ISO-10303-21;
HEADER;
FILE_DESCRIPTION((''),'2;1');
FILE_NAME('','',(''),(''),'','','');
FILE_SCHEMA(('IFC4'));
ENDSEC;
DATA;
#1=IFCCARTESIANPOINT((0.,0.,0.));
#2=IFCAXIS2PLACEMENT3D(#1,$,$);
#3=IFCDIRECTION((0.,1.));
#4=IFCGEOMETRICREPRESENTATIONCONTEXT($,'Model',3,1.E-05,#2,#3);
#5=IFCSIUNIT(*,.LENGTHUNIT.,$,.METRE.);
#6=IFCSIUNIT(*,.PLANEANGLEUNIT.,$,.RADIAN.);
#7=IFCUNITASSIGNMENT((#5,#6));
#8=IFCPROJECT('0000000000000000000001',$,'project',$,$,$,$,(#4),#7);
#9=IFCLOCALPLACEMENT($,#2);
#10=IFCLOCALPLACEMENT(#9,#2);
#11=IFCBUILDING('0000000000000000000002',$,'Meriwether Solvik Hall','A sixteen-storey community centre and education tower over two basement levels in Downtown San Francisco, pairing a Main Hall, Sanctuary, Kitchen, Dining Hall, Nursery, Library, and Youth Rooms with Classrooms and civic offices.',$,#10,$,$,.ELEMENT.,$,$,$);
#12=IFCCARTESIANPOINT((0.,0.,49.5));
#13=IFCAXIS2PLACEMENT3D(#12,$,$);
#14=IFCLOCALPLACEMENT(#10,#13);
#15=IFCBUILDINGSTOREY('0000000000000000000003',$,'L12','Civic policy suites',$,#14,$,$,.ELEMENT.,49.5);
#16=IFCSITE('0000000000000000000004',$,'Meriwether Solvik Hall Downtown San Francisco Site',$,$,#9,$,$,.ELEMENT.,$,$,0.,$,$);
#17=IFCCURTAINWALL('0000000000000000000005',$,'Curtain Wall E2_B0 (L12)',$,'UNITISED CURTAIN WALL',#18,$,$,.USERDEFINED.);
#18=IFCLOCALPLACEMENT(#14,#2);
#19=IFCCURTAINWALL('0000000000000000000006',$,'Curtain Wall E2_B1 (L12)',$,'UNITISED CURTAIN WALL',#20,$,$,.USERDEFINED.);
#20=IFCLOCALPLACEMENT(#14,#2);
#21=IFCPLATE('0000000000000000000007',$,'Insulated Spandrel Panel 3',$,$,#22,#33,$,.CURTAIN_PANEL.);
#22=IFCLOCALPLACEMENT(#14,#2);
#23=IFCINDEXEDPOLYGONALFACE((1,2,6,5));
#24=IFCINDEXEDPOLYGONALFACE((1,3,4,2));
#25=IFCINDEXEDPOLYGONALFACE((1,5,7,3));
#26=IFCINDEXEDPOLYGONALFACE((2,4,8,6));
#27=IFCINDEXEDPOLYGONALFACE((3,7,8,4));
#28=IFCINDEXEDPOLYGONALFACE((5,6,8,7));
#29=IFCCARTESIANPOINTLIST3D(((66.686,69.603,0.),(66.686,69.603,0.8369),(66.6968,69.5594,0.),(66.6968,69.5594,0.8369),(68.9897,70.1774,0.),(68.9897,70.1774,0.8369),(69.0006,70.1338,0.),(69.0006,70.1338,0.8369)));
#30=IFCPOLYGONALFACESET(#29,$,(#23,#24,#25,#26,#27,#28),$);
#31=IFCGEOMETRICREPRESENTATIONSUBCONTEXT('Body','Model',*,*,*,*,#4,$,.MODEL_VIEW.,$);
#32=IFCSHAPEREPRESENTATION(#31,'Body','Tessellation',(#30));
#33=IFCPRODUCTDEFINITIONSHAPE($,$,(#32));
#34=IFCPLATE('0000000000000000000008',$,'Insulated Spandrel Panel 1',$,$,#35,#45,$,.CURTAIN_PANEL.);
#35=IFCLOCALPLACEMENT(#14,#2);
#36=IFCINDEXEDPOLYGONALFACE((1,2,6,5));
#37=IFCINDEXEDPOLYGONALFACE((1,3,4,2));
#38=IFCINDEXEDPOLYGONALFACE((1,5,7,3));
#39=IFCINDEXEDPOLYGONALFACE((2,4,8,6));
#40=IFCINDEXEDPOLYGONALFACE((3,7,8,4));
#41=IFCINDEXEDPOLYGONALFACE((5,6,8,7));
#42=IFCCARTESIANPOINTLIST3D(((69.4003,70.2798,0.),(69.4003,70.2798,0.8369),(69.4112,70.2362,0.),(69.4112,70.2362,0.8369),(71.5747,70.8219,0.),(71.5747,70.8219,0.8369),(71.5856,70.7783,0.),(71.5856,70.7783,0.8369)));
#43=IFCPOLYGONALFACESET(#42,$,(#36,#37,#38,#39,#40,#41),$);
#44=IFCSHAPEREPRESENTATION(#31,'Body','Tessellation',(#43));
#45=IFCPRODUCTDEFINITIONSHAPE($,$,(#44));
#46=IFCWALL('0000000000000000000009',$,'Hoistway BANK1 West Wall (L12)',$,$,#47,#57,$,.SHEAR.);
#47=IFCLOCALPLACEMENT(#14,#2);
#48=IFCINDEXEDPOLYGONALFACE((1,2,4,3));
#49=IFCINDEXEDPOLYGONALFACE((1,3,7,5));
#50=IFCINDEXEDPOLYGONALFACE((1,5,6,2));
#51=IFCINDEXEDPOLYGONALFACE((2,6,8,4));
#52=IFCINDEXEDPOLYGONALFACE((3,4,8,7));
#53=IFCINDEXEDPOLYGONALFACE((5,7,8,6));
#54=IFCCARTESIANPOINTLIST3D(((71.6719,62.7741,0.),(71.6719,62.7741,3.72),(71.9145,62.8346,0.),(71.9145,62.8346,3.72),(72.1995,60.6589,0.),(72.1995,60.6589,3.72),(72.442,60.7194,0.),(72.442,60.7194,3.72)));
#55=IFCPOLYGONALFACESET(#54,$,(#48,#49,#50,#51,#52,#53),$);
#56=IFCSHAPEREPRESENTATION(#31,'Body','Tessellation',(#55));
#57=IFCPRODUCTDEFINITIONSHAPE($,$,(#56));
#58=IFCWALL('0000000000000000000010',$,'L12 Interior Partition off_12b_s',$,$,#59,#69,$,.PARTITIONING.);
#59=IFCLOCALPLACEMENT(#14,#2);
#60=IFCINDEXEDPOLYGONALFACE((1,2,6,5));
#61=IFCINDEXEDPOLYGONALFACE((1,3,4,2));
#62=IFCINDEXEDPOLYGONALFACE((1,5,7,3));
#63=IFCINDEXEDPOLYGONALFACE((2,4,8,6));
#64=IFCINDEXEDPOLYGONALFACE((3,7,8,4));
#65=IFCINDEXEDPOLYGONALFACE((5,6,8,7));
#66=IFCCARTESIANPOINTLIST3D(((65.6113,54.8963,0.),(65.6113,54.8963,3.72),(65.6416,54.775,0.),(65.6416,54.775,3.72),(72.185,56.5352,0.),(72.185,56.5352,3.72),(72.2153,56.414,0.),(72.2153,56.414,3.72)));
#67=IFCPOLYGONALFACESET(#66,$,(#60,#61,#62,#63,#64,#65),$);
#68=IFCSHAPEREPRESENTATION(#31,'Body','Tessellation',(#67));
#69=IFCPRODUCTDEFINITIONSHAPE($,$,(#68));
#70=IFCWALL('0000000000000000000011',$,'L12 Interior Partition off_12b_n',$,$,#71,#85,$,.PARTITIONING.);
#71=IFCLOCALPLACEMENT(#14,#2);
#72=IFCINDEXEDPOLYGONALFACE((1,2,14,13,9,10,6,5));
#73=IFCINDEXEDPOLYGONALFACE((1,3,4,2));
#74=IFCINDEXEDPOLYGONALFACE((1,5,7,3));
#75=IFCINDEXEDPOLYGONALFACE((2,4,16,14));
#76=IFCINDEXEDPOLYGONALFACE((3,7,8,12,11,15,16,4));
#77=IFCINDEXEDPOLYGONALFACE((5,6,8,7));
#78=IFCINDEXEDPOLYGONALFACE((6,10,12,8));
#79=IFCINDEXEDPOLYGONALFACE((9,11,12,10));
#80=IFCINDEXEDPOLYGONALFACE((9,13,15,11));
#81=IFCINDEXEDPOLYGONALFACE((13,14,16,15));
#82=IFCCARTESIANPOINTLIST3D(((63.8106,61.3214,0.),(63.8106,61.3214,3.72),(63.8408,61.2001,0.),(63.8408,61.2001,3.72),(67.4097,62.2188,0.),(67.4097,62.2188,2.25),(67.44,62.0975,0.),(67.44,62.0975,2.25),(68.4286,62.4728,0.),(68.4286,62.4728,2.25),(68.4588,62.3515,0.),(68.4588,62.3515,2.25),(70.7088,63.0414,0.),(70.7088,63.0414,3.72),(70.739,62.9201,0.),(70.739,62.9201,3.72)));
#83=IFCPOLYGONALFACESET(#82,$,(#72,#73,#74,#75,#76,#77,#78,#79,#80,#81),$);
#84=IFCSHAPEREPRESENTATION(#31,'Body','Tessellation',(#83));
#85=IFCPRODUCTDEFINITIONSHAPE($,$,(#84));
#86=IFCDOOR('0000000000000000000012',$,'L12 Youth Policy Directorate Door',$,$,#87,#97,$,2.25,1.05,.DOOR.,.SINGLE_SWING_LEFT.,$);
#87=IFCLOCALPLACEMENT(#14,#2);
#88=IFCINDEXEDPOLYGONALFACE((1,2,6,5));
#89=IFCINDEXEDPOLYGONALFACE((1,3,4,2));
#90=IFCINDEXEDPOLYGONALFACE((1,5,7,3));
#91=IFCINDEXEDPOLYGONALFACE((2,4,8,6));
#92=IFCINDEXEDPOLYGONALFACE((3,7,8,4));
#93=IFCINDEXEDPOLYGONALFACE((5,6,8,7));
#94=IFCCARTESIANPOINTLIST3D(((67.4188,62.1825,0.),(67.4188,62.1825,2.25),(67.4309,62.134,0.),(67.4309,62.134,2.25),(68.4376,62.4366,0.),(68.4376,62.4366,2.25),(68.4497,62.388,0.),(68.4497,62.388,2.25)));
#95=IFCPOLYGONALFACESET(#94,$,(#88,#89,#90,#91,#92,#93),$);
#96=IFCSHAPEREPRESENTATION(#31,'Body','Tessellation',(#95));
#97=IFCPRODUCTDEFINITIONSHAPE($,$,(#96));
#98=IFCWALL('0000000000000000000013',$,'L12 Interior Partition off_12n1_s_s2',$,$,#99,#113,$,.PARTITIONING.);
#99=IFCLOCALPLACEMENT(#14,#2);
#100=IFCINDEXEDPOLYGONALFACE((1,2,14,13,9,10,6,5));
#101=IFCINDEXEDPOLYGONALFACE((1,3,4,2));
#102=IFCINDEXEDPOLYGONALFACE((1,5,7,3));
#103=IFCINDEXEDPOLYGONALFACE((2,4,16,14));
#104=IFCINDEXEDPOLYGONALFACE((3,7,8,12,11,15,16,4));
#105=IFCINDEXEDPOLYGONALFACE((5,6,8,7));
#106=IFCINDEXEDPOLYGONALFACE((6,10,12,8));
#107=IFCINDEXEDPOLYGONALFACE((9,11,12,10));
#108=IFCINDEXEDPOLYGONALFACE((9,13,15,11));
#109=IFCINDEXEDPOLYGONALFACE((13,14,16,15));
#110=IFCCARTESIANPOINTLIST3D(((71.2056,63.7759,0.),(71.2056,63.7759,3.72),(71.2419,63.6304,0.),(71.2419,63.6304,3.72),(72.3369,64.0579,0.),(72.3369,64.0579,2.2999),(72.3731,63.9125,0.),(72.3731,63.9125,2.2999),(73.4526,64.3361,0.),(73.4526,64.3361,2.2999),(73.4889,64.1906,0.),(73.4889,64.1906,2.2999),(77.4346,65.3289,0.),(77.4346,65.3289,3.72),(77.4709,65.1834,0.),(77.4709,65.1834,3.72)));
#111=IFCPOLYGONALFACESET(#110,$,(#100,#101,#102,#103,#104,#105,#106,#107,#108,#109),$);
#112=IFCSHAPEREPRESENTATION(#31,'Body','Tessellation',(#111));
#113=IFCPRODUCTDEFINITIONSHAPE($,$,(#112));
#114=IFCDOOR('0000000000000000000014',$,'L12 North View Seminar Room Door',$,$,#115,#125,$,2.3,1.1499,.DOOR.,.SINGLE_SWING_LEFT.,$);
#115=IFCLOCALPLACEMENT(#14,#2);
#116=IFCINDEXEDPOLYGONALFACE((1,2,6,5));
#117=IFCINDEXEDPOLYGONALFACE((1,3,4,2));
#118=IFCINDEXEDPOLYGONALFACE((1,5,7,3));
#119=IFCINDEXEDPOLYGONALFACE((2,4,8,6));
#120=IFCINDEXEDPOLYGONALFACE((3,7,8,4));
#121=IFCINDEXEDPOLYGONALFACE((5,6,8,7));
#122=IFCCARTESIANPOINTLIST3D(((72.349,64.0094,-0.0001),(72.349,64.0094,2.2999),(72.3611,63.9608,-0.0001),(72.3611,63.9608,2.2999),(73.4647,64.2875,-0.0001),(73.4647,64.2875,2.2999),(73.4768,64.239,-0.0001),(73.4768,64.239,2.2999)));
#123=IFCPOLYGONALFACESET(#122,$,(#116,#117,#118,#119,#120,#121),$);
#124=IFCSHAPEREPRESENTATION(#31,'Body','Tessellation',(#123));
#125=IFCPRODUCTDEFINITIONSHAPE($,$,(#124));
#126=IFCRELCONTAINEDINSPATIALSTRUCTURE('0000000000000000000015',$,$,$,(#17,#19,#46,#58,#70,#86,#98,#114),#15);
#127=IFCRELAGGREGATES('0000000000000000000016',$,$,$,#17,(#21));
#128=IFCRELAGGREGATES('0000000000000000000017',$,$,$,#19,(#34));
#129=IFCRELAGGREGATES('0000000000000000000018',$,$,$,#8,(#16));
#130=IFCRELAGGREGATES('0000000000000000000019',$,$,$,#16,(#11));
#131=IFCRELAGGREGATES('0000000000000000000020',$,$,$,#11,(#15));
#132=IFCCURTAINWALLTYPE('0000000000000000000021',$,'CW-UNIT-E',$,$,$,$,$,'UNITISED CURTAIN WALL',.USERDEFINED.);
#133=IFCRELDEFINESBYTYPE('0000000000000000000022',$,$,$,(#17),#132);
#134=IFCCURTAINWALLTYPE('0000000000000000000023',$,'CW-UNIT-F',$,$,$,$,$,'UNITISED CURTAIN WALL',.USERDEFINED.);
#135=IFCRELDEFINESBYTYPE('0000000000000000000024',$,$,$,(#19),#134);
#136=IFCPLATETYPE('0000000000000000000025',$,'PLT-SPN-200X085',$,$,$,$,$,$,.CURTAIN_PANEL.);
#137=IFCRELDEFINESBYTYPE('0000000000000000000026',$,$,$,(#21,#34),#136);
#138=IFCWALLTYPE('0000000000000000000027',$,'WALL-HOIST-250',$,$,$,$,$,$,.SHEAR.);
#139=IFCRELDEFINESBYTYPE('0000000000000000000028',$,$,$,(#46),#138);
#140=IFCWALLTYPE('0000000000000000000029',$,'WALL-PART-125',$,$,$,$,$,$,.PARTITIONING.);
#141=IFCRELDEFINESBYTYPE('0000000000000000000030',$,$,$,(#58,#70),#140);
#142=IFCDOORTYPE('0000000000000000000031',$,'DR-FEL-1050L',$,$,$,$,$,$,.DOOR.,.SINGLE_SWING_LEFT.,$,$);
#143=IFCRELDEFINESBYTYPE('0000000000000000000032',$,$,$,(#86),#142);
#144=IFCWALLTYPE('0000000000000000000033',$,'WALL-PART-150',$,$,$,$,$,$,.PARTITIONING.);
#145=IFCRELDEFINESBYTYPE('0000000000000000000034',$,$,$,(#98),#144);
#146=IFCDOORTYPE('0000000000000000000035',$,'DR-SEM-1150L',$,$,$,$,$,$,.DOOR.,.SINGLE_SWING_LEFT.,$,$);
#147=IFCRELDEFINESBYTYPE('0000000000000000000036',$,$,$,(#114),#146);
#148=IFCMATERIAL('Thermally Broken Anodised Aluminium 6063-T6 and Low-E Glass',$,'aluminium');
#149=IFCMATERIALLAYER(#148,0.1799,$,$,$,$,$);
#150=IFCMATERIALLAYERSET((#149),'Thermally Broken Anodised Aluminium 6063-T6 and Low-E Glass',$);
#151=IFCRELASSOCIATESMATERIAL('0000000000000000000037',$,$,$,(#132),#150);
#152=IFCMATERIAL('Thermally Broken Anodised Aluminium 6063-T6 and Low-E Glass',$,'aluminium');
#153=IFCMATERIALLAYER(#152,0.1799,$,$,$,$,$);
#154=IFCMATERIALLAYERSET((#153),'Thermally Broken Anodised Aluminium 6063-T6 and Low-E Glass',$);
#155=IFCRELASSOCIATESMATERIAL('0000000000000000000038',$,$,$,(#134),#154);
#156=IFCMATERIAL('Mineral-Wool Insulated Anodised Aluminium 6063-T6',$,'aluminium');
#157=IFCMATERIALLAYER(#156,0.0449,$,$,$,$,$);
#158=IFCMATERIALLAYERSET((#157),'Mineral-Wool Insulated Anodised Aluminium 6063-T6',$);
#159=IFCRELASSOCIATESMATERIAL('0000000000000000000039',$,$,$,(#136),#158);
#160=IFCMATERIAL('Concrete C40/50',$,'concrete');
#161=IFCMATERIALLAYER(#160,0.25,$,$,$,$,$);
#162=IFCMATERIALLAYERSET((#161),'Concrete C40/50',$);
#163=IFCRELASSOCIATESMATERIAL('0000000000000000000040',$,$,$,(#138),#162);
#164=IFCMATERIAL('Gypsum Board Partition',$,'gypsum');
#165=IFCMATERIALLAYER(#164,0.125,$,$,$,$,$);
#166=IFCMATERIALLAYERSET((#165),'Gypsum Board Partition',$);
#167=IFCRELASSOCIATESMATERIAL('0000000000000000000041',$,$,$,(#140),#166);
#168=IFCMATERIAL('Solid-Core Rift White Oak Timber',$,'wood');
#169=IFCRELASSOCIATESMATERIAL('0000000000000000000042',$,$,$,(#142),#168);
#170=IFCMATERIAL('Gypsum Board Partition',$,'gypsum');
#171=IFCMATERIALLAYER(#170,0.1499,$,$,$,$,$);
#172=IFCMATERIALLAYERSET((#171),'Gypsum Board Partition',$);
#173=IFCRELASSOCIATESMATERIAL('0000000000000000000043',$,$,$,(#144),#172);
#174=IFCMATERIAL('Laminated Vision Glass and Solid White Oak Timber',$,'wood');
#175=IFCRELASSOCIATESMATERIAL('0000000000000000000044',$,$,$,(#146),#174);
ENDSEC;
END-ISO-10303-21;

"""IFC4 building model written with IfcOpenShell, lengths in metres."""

from ifc_helpers import new_model, si_unit, direction, frame, frame_2d, origin, origin_2d, place, context, subcontext, project, spatial, rectangle, extrude, material, layer, layer_set, type_object, element, fill, aggregate, save


model = new_model("IFC4")

# Units and contexts
model_context = context("Model", 3, precision=1e-05, world=origin(), true_north=direction((0.0, 1.0)))
body_context = subcontext(model_context, "Body", "Model", "MODEL_VIEW")
ifc_project = project(units=[si_unit("LENGTHUNIT", "METRE"), si_unit("PLANEANGLEUNIT", "RADIAN")], contexts=[model_context])

# Site, building, storey
site_placement = place(None, origin())
site = spatial("IfcSite", under=ifc_project, at=site_placement, Name="Meriwether Solvik Hall Downtown San Francisco Site", CompositionType="ELEMENT", RefElevation=0.0)
building_placement = place(site_placement, origin())
building = spatial("IfcBuilding", under=site, at=building_placement, Name="Meriwether Solvik Hall", Description="A sixteen-storey community centre and education tower over two basement levels in Downtown San Francisco, pairing a Main Hall, Sanctuary, Kitchen, Dining Hall, Nursery, Library, and Youth Rooms with Classrooms and civic offices.", CompositionType="ELEMENT")
storey_placement = place(building_placement, frame((0.0, 0.0, 49.5)))
storey = spatial("IfcBuildingStorey", under=building, at=storey_placement, Name="L12", Description="Civic policy suites", CompositionType="ELEMENT", Elevation=49.5)

# Curtain walls
ifc_material_1 = material(Name="Thermally Broken Anodised Aluminium 6063-T6 and Low-E Glass", Category="aluminium")
ifc_layer_1 = layer(ifc_material_1, 0.1799)
ifc_layer_set_1 = layer_set([ifc_layer_1], Name="Thermally Broken Anodised Aluminium 6063-T6 and Low-E Glass")
curtain_wall_type_1 = type_object("IfcCurtainWallType", Name="CW-UNIT-E", ElementType="UNITISED CURTAIN WALL", PredefinedType="USERDEFINED", material=ifc_layer_set_1)
curtain_wall_1_placement = place(storey_placement, origin())
curtain_wall_1 = element("IfcCurtainWall", 1, at=curtain_wall_1_placement, inside=storey, type_object=curtain_wall_type_1, Name="Curtain Wall E2_B0 (L12)", ObjectType="UNITISED CURTAIN WALL", PredefinedType="USERDEFINED")
ifc_material_2 = material(Name="Thermally Broken Anodised Aluminium 6063-T6 and Low-E Glass", Category="aluminium")
ifc_layer_2 = layer(ifc_material_2, 0.1799)
ifc_layer_set_2 = layer_set([ifc_layer_2], Name="Thermally Broken Anodised Aluminium 6063-T6 and Low-E Glass")
curtain_wall_type_2 = type_object("IfcCurtainWallType", Name="CW-UNIT-F", ElementType="UNITISED CURTAIN WALL", PredefinedType="USERDEFINED", material=ifc_layer_set_2)
curtain_wall_2_placement = place(storey_placement, origin())
curtain_wall_2 = element("IfcCurtainWall", 2, at=curtain_wall_2_placement, inside=storey, type_object=curtain_wall_type_2, Name="Curtain Wall E2_B1 (L12)", ObjectType="UNITISED CURTAIN WALL", PredefinedType="USERDEFINED")

# Plates
ifc_material_3 = material(Name="Mineral-Wool Insulated Anodised Aluminium 6063-T6", Category="aluminium")
ifc_layer_3 = layer(ifc_material_3, 0.0449)
ifc_layer_set_3 = layer_set([ifc_layer_3], Name="Mineral-Wool Insulated Anodised Aluminium 6063-T6")
plate_type_1 = type_object("IfcPlateType", Name="PLT-SPN-200X085", PredefinedType="CURTAIN_PANEL", material=ifc_layer_set_3)
plate_1_placement = place(storey_placement, frame((67.8433, 69.8684, 0.0), z_axis=(0.0, 0.0, 1.0), x_axis=(0.970296, 0.241922, 0.0)))
plate_1 = element("IfcPlate", 3, at=plate_1_placement, type_object=plate_type_1, Name="Insulated Spandrel Panel 3", PredefinedType="CURTAIN_PANEL", context=body_context, shape_type="SweptSolid", body=[
    extrude(rectangle(XDim=2.3743, YDim=0.0449, at=origin_2d()), origin(), (0.0, 0.0, 1.0), 0.8369),
])
aggregate(curtain_wall_1, [plate_1])
plate_2_placement = place(storey_placement, frame((70.4929, 70.5291, 0.0), z_axis=(0.0, 0.0, 1.0), x_axis=(0.970296, 0.241922, 0.0)))
plate_2 = element("IfcPlate", 4, at=plate_2_placement, type_object=plate_type_1, Name="Insulated Spandrel Panel 1", PredefinedType="CURTAIN_PANEL", context=body_context, shape_type="SweptSolid", body=[
    extrude(rectangle(XDim=2.241, YDim=0.0449, at=origin_2d()), origin(), (0.0, 0.0, 1.0), 0.8369),
])
aggregate(curtain_wall_2, [plate_2])

# Walls
ifc_material_4 = material(Name="Concrete C40/50", Category="concrete")
ifc_layer_4 = layer(ifc_material_4, 0.25)
ifc_layer_set_4 = layer_set([ifc_layer_4], Name="Concrete C40/50")
wall_type_1 = type_object("IfcWallType", Name="WALL-HOIST-250", PredefinedType="SHEAR", material=ifc_layer_set_4)
wall_1_placement = place(storey_placement, frame((71.7932, 62.8042, 0.0), z_axis=(0.0, 0.0, 1.0), x_axis=(0.242009, -0.970274, 0.0)))
element("IfcWall", 5, at=wall_1_placement, inside=storey, type_object=wall_type_1, Name="Hoistway BANK1 West Wall (L12)", PredefinedType="SHEAR", context=body_context, shape_type="SweptSolid", body=[
    extrude(rectangle(XDim=2.1799, YDim=0.25, at=frame_2d((1.0898, 0.0))), origin(), (0.0, 0.0, 1.0), 3.72),
])
ifc_material_5 = material(Name="Gypsum Board Partition", Category="gypsum")
ifc_layer_5 = layer(ifc_material_5, 0.125)
ifc_layer_set_5 = layer_set([ifc_layer_5], Name="Gypsum Board Partition")
wall_type_2 = type_object("IfcWallType", Name="WALL-PART-125", PredefinedType="PARTITIONING", material=ifc_layer_set_5)
wall_2_placement = place(storey_placement, frame((65.6265, 54.8357, 0.0), z_axis=(0.0, 0.0, 1.0), x_axis=(0.970299, 0.241908, 0.0)))
element("IfcWall", 6, at=wall_2_placement, inside=storey, type_object=wall_type_2, Name="L12 Interior Partition off_12b_s", PredefinedType="PARTITIONING", context=body_context, shape_type="SweptSolid", body=[
    extrude(rectangle(XDim=6.7749, YDim=0.125, at=frame_2d((3.3875, 0.0))), origin(), (0.0, 0.0, 1.0), 3.72),
])

# Walls, openings, doors
wall_3_placement = place(storey_placement, frame((70.7239, 62.9807, 0.0), z_axis=(0.0, 0.0, 1.0), x_axis=(-0.970294, -0.24193, 0.0)))
wall_3 = element("IfcWall", 7, at=wall_3_placement, inside=storey, type_object=wall_type_2, Name="L12 Interior Partition off_12b_n", PredefinedType="PARTITIONING", context=body_context, shape_type="SweptSolid", body=[
    extrude(rectangle(XDim=7.1094, YDim=0.125, at=frame_2d((3.5547, 0.0))), origin(), (0.0, 0.0, 1.0), 3.72),
])
opening_1_placement = place(wall_3_placement, frame((2.3501, 0.0, 0.0)))
opening_1 = element("IfcOpeningElement", 8, at=opening_1_placement, cuts=wall_3, PredefinedType="OPENING", context=body_context, shape_type="SweptSolid", body=[
    extrude(rectangle(XDim=1.05, YDim=2.25, at=frame_2d((0.5249, 1.125))), frame((0.0, 0.0745, 0.0), z_axis=(0.0, -1.0, 0.0), x_axis=(1.0, 0.0, 0.0)), (0.0, 0.0, 1.0), 0.1489),
])
ifc_material_6 = material(Name="Solid-Core Rift White Oak Timber", Category="wood")
door_type_1 = type_object("IfcDoorType", Name="DR-FEL-1050L", OperationType="SINGLE_SWING_LEFT", PredefinedType="DOOR", material=ifc_material_6)
door_1_placement = place(opening_1_placement, origin())
door_1 = element("IfcDoor", 9, at=door_1_placement, inside=storey, type_object=door_type_1, Name="L12 Youth Policy Directorate Door", OperationType="SINGLE_SWING_LEFT", OverallHeight=2.25, OverallWidth=1.05, PredefinedType="DOOR", context=body_context, shape_type="SweptSolid", body=[
    extrude(rectangle(XDim=1.05, YDim=2.25, at=frame_2d((0.5249, 1.125))), frame((0.0, 0.0249, 0.0), z_axis=(0.0, -1.0, 0.0), x_axis=(1.0, 0.0, 0.0)), (0.0, 0.0, 1.0), 0.05),
])
fill(opening_1, door_1)
ifc_material_7 = material(Name="Gypsum Board Partition", Category="gypsum")
ifc_layer_6 = layer(ifc_material_7, 0.1499)
ifc_layer_set_6 = layer_set([ifc_layer_6], Name="Gypsum Board Partition")
wall_type_3 = type_object("IfcWallType", Name="WALL-PART-150", PredefinedType="PARTITIONING", material=ifc_layer_set_6)
wall_4_placement = place(storey_placement, frame((71.2236, 63.7031, 0.0), z_axis=(0.0, 0.0, 1.0), x_axis=(0.970299, 0.241909, 0.0)))
wall_4 = element("IfcWall", 10, at=wall_4_placement, inside=storey, type_object=wall_type_3, Name="L12 Interior Partition off_12n1_s_s2", PredefinedType="PARTITIONING", context=body_context, shape_type="SweptSolid", body=[
    extrude(rectangle(XDim=6.4197, YDim=0.1499, at=frame_2d((3.21, 0.0))), origin(), (0.0, 0.0, 1.0), 3.72),
])
opening_2_placement = place(wall_4_placement, frame((1.166, 0.0, 0.0)))
opening_2 = element("IfcOpeningElement", 11, at=opening_2_placement, cuts=wall_4, PredefinedType="OPENING", context=body_context, shape_type="SweptSolid", body=[
    extrude(rectangle(XDim=1.1499, YDim=2.3, at=frame_2d((0.575, 1.1499))), frame((0.0, 0.0869, 0.0), z_axis=(0.0, -1.0, 0.0), x_axis=(1.0, 0.0, 0.0)), (0.0, 0.0, 1.0), 0.1738),
])
ifc_material_8 = material(Name="Laminated Vision Glass and Solid White Oak Timber", Category="wood")
door_type_2 = type_object("IfcDoorType", Name="DR-SEM-1150L", OperationType="SINGLE_SWING_LEFT", PredefinedType="DOOR", material=ifc_material_8)
door_2_placement = place(opening_2_placement, origin())
door_2 = element("IfcDoor", 12, at=door_2_placement, inside=storey, type_object=door_type_2, Name="L12 North View Seminar Room Door", OperationType="SINGLE_SWING_LEFT", OverallHeight=2.3, OverallWidth=1.1499, PredefinedType="DOOR", context=body_context, shape_type="SweptSolid", body=[
    extrude(rectangle(XDim=1.1499, YDim=2.3, at=frame_2d((0.575, 1.1499))), frame((0.0, 0.0249, 0.0), z_axis=(0.0, -1.0, 0.0), x_axis=(1.0, 0.0, 0.0)), (0.0, 0.0, 1.0), 0.05),
])
fill(opening_2, door_2)

save(model, "model.ifc")
